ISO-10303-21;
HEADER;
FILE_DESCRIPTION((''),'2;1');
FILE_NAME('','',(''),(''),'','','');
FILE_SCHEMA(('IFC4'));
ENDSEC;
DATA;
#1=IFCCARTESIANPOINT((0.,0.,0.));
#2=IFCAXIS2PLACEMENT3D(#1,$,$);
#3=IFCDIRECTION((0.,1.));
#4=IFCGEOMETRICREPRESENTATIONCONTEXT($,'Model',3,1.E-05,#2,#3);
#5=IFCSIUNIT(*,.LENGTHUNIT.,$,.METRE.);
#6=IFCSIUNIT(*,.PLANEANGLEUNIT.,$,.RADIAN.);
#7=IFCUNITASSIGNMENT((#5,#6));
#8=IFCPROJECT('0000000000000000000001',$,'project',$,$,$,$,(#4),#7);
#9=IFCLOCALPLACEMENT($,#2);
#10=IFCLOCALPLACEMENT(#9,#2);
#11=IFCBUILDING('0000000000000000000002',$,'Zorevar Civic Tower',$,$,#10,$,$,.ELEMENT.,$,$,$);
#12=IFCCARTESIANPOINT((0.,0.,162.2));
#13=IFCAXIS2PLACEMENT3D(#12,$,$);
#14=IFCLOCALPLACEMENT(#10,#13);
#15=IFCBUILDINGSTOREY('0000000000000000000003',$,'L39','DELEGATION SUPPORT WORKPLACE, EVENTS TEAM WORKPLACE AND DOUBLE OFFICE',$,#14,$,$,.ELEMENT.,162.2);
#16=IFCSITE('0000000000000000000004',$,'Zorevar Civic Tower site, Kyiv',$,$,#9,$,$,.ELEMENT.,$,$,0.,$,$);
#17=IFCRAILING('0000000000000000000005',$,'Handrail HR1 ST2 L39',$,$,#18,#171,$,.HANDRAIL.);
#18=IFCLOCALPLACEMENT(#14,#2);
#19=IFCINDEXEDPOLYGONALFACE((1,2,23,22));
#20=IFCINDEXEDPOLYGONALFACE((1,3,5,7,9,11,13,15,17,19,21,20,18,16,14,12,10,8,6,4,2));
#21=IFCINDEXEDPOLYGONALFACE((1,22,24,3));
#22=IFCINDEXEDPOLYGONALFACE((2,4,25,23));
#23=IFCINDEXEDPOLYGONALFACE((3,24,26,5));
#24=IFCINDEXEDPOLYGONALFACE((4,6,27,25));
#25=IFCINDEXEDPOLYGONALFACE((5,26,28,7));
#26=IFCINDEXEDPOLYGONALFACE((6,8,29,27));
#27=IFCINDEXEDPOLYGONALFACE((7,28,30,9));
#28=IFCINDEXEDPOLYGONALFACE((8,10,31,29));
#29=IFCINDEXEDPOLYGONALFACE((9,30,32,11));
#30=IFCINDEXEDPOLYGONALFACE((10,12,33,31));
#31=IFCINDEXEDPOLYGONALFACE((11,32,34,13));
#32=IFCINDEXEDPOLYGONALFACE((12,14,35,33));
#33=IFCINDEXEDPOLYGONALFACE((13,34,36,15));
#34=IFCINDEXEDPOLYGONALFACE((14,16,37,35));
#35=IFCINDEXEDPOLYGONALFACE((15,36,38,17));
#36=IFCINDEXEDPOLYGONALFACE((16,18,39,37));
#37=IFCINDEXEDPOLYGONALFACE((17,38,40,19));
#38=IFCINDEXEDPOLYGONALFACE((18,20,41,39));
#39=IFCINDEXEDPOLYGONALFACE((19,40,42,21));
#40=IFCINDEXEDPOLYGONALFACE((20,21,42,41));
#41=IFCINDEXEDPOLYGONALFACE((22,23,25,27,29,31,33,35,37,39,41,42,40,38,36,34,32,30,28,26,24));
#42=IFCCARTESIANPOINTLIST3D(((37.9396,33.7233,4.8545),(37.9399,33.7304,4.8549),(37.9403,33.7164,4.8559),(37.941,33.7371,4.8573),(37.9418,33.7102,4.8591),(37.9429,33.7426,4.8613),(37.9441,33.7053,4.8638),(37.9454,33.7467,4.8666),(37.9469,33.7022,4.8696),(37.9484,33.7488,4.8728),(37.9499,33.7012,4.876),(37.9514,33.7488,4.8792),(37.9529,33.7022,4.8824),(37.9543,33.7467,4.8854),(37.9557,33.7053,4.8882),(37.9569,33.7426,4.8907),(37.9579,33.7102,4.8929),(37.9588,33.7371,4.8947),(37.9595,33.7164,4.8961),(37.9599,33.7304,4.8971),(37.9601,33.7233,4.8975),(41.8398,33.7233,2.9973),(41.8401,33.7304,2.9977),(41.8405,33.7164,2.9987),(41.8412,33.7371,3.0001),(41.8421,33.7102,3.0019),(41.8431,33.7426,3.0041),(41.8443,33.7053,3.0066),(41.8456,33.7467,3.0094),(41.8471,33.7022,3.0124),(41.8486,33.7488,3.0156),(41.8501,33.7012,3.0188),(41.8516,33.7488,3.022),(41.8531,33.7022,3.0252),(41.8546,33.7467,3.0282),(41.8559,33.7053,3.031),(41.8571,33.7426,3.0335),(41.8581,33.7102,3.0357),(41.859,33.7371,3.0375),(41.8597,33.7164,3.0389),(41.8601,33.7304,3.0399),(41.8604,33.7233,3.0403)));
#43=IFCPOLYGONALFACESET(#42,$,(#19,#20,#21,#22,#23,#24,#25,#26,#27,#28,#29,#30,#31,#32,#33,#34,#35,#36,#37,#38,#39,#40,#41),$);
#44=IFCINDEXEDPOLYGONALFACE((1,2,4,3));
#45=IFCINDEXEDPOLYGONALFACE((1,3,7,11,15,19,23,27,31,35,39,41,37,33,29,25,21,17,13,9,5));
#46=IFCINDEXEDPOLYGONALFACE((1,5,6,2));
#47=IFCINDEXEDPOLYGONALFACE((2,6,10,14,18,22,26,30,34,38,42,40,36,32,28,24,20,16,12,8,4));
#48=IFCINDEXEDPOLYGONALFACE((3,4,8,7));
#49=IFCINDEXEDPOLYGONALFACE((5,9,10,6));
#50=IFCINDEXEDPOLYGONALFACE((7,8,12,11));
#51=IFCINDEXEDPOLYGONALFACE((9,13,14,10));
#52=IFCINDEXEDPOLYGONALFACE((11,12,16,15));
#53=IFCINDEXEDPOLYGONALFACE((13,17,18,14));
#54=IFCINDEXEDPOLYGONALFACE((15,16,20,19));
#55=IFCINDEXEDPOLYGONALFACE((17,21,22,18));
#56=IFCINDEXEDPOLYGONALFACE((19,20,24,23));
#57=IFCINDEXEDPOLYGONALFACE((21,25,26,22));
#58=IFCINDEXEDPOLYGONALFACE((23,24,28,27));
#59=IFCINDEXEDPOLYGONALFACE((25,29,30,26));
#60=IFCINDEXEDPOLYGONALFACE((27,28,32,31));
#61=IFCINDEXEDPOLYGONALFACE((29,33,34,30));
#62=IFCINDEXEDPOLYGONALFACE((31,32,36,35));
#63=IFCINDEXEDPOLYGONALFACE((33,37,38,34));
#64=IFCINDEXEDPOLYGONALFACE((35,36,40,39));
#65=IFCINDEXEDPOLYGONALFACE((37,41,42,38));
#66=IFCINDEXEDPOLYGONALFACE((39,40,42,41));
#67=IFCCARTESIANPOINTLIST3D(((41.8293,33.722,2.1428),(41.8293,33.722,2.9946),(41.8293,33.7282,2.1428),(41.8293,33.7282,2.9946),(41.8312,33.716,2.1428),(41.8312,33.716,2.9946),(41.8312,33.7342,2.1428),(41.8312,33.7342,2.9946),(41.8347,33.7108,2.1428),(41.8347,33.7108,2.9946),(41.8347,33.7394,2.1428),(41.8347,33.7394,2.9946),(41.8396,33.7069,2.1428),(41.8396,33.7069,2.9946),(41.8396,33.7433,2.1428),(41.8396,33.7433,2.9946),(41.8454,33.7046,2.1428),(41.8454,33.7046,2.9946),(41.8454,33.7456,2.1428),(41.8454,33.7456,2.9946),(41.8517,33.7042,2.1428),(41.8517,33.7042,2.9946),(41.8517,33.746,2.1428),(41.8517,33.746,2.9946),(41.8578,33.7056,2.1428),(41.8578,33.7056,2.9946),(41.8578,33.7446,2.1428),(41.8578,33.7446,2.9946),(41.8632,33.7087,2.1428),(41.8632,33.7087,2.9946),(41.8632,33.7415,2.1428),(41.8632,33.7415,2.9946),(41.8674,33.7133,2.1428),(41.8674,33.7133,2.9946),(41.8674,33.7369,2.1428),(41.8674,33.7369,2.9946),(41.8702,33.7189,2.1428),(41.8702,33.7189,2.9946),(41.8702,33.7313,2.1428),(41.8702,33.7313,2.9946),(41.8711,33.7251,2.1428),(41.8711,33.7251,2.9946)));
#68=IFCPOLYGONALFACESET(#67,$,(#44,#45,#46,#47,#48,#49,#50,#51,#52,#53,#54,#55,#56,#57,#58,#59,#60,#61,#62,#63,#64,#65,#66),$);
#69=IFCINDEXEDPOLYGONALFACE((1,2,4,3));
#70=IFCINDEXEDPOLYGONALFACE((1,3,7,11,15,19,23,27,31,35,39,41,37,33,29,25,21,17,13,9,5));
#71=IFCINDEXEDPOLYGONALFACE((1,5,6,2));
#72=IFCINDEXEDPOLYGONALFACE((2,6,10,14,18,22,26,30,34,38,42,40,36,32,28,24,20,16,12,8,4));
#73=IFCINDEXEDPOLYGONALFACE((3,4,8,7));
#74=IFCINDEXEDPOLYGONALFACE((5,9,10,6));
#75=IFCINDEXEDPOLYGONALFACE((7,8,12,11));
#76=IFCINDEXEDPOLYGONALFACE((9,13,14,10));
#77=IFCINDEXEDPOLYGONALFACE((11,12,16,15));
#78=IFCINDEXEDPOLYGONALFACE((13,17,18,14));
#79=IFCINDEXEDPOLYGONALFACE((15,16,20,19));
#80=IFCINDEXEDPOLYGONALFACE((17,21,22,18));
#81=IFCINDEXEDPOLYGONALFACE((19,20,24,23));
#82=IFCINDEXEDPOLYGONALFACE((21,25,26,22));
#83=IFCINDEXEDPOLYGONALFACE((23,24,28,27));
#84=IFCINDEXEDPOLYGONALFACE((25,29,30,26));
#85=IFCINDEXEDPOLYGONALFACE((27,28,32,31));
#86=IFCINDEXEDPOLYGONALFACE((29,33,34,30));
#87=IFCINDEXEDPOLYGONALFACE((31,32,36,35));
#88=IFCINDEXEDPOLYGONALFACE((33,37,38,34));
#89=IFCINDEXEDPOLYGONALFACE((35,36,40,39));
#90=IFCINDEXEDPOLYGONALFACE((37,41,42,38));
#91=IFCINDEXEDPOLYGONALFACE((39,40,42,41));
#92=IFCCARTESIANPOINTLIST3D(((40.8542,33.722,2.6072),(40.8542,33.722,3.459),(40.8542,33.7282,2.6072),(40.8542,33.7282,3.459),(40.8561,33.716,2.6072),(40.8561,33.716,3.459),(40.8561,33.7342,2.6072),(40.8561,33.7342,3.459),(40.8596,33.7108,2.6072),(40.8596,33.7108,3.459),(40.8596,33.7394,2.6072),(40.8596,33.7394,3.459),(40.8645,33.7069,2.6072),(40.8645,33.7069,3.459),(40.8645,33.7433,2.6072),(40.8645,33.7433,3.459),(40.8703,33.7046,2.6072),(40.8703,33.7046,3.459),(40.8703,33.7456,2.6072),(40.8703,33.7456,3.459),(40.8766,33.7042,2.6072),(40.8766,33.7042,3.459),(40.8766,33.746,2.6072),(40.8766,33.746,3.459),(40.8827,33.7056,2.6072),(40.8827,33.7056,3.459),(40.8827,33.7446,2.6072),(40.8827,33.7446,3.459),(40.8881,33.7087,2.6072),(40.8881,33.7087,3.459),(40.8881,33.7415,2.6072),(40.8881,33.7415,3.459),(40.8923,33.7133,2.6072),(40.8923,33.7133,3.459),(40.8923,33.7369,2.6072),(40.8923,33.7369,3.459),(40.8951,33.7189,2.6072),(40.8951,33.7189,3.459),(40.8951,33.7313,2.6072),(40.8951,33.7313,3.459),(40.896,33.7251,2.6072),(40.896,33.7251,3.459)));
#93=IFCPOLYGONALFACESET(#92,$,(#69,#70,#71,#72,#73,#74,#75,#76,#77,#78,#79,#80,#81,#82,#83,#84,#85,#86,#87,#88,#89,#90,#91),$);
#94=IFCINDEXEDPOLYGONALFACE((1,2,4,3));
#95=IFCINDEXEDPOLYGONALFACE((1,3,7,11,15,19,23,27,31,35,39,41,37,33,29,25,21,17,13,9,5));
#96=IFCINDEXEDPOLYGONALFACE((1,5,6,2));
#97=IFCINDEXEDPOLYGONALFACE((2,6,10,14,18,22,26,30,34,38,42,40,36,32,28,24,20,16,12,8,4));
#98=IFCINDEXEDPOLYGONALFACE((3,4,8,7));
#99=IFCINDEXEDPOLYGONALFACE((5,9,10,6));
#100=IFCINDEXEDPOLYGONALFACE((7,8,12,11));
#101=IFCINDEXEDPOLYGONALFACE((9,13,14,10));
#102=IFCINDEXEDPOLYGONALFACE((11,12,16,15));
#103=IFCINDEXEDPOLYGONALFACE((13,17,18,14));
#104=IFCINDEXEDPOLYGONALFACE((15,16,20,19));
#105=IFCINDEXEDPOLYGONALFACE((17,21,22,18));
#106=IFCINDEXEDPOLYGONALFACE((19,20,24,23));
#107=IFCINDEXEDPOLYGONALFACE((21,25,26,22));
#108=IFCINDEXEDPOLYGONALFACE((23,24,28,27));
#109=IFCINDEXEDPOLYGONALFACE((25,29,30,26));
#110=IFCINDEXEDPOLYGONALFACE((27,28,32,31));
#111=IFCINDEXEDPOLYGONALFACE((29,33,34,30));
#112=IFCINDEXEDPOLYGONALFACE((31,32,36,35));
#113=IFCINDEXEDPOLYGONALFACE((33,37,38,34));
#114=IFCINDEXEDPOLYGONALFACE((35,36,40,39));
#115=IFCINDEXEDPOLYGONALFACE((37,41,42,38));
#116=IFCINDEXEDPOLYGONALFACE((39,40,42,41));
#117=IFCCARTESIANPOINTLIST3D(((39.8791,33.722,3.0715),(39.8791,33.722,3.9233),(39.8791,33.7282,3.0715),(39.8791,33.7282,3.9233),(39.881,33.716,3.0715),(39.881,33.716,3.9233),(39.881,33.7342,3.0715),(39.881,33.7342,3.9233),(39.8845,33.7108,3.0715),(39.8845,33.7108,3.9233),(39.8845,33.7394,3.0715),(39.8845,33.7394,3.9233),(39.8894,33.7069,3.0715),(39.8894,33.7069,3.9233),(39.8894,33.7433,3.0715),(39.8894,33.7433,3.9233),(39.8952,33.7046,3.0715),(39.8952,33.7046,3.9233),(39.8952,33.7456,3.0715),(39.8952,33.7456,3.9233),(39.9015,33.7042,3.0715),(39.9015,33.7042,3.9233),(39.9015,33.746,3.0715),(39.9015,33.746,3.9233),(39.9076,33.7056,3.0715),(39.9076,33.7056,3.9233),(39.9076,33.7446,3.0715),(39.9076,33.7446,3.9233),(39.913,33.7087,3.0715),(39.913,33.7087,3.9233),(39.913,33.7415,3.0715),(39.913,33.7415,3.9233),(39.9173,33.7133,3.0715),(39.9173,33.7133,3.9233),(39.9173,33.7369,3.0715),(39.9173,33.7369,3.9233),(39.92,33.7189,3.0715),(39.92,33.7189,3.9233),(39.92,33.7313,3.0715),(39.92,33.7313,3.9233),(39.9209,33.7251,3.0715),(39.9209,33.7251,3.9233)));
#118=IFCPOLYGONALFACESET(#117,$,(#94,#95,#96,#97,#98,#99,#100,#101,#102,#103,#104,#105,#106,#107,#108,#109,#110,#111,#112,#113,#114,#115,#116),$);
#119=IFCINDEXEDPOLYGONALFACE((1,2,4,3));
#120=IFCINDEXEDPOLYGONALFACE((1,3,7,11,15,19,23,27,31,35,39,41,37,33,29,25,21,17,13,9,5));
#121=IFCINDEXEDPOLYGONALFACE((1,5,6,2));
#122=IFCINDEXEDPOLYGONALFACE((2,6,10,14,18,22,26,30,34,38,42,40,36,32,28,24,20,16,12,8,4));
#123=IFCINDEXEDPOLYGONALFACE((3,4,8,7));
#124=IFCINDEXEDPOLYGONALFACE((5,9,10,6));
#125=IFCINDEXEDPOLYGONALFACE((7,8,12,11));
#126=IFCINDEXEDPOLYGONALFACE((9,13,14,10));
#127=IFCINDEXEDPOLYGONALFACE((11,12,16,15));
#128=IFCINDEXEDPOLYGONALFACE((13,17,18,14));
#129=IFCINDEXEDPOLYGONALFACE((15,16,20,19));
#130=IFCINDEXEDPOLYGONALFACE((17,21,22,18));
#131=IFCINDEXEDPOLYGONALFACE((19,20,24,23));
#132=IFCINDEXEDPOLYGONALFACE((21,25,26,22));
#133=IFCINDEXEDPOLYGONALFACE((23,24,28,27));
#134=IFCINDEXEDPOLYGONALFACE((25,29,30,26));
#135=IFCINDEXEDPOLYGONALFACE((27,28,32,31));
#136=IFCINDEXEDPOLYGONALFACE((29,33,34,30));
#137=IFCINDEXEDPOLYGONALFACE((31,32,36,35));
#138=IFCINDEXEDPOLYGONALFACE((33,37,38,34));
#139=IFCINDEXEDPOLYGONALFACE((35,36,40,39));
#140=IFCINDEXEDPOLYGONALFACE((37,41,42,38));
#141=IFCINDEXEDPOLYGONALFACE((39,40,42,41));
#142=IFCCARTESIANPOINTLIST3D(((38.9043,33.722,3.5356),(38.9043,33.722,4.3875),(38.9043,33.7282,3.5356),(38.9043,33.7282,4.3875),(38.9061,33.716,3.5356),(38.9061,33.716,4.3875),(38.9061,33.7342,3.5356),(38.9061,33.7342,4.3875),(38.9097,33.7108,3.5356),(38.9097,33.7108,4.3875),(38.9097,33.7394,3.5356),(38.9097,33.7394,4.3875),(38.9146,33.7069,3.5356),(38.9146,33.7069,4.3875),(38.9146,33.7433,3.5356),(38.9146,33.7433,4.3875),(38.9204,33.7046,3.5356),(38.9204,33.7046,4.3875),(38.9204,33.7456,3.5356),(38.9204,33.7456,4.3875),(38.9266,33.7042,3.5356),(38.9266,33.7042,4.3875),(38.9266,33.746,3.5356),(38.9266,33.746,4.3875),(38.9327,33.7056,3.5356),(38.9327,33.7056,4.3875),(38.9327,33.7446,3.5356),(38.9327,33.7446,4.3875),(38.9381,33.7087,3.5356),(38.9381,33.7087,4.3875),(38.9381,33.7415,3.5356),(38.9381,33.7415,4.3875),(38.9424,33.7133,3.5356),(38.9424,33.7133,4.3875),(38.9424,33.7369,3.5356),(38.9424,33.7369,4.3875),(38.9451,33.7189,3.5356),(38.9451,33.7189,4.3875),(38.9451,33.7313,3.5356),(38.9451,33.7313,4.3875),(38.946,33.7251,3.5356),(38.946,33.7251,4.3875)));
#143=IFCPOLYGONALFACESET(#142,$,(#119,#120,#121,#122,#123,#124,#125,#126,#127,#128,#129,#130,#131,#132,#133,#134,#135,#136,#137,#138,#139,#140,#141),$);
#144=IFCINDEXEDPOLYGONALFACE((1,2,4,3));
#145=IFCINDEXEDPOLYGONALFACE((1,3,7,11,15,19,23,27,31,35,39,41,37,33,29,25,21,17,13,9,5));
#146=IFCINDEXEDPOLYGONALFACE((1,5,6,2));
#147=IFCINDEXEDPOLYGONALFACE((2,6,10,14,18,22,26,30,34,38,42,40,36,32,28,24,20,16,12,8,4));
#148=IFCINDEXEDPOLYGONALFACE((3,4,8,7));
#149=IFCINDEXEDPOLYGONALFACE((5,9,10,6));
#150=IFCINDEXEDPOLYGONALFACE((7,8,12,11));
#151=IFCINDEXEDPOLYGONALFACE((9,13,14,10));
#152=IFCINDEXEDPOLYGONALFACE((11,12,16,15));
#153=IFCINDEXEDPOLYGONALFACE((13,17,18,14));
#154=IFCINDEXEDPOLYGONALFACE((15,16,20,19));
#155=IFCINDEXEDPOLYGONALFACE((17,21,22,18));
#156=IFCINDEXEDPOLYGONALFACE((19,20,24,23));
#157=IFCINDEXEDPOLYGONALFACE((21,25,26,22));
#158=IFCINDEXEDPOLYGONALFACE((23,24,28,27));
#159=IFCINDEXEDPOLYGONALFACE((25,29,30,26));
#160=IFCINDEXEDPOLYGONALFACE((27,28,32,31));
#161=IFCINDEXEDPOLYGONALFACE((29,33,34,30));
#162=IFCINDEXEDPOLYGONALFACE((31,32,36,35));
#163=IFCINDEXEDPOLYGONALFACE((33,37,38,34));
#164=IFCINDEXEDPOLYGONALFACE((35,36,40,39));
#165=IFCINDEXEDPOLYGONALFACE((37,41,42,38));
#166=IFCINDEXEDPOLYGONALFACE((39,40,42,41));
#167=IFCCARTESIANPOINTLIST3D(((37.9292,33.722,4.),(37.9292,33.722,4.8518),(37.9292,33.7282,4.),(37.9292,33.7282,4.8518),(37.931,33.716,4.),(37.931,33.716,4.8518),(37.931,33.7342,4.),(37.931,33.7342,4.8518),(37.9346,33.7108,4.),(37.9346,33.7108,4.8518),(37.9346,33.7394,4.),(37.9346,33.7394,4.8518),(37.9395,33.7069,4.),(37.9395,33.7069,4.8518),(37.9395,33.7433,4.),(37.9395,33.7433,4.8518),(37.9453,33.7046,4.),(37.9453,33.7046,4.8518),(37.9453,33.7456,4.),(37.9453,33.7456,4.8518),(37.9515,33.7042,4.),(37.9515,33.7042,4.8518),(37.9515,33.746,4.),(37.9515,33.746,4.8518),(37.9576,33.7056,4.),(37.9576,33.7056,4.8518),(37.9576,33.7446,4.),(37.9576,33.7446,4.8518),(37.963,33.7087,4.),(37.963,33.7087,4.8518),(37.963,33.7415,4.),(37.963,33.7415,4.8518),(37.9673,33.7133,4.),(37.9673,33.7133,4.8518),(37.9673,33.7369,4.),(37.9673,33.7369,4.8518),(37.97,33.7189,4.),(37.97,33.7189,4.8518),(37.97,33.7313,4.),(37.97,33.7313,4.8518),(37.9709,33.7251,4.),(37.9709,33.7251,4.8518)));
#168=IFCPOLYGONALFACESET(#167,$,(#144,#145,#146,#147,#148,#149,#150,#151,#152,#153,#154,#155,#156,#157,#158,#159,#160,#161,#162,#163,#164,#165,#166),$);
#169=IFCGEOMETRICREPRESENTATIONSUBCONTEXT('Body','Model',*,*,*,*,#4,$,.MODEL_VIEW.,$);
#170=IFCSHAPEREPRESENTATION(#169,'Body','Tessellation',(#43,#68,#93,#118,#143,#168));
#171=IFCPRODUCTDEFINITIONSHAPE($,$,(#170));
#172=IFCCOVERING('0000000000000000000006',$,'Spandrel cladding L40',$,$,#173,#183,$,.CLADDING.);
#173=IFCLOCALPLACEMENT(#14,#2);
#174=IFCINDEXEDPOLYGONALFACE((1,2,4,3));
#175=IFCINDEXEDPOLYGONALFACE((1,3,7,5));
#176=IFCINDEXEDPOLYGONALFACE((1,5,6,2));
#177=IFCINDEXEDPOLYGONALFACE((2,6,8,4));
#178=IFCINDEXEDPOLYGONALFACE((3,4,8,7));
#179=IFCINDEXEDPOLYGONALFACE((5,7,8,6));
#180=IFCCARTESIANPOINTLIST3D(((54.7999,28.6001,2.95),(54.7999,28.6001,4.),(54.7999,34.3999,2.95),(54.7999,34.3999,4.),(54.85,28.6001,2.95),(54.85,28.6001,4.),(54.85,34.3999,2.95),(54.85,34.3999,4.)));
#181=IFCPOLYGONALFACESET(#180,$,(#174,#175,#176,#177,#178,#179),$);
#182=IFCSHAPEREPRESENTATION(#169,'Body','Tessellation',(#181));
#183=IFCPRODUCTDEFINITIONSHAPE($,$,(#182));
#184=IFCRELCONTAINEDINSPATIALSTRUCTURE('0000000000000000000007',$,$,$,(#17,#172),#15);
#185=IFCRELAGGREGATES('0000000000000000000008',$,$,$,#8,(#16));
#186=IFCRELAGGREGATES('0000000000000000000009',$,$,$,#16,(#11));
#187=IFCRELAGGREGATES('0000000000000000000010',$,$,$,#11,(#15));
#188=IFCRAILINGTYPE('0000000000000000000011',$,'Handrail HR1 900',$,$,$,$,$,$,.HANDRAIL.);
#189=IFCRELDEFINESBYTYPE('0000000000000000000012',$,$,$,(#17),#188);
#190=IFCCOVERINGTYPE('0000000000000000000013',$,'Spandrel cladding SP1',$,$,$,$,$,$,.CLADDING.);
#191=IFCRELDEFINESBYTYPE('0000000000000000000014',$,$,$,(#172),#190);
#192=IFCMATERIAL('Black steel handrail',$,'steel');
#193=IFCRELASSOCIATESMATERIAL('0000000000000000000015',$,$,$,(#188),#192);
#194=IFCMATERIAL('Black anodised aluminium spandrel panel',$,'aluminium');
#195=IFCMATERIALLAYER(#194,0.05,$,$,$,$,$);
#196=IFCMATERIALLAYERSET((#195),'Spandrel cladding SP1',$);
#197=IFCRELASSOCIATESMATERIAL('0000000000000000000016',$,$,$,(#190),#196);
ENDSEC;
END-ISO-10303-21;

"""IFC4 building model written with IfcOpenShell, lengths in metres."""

from ifc_helpers import new_model, si_unit, direction, frame, frame_2d, origin, origin_2d, place, context, subcontext, project, spatial, rectangle, circle, extrude, material, layer, layer_set, type_object, element, save


model = new_model("IFC4")

# Units and contexts
model_context = context("Model", 3, precision=1e-05, world=origin(), true_north=direction((0.0, 1.0)))
body_context = subcontext(model_context, "Body", "Model", "MODEL_VIEW")
ifc_project = project(units=[si_unit("LENGTHUNIT", "METRE"), si_unit("PLANEANGLEUNIT", "RADIAN")], contexts=[model_context])

# Site, building, storey
site_placement = place(None, origin())
site = spatial("IfcSite", under=ifc_project, at=site_placement, Name="Zorevar Civic Tower site, Kyiv", CompositionType="ELEMENT", RefElevation=0.0)
building_placement = place(site_placement, origin())
building = spatial("IfcBuilding", under=site, at=building_placement, Name="Zorevar Civic Tower", CompositionType="ELEMENT")
storey_placement = place(building_placement, frame((0.0, 0.0, 162.2)))
storey = spatial("IfcBuildingStorey", under=building, at=storey_placement, Name="L39", Description="DELEGATION SUPPORT WORKPLACE, EVENTS TEAM WORKPLACE AND DOUBLE OFFICE", CompositionType="ELEMENT", Elevation=162.2)

# Railing
ifc_material_1 = material(Name="Black steel handrail", Category="steel")
railing_type = type_object("IfcRailingType", Name="Handrail HR1 900", PredefinedType="HANDRAIL", material=ifc_material_1)
railing_placement = place(storey_placement, frame((41.8501, 33.7251, 2.1428)))
element("IfcRailing", 1, at=railing_placement, inside=storey, type_object=railing_type, Name="Handrail HR1 ST2 L39", PredefinedType="HANDRAIL", context=body_context, shape_type="SweptSolid", body=[
    extrude(circle(Radius=0.0239, at=origin_2d()), frame((0.0, 0.0, 0.876), z_axis=(-0.902864, 0.0, 0.429927), x_axis=(0.0, -1.0, 0.0)), (0.0, 0.0, 1.0), 4.3198),
    extrude(circle(Radius=0.021, at=origin_2d()), origin(), (0.0, 0.0, 1.0), 0.8518),
    extrude(circle(Radius=0.021, at=origin_2d()), frame((-0.9751, 0.0, 0.4644)), (0.0, 0.0, 1.0), 0.8518),
    extrude(circle(Radius=0.021, at=origin_2d()), frame((-1.9502, 0.0, 0.9287)), (0.0, 0.0, 1.0), 0.8518),
    extrude(circle(Radius=0.021, at=origin_2d()), frame((-2.925, 0.0, 1.3928)), (0.0, 0.0, 1.0), 0.8518),
    extrude(circle(Radius=0.021, at=origin_2d()), frame((-3.9001, 0.0, 1.8572)), (0.0, 0.0, 1.0), 0.8518),
])

# Covering
ifc_material_2 = material(Name="Black anodised aluminium spandrel panel", Category="aluminium")
ifc_layer_1 = layer(ifc_material_2, 0.05)
ifc_layer_set_1 = layer_set([ifc_layer_1], Name="Spandrel cladding SP1")
covering_type = type_object("IfcCoveringType", Name="Spandrel cladding SP1", PredefinedType="CLADDING", material=ifc_layer_set_1)
covering_placement = place(storey_placement, frame((54.825, 28.6001, 2.95), z_axis=(0.0, 0.0, 1.0), x_axis=(0.0, 1.0, 0.0)))
element("IfcCovering", 2, at=covering_placement, inside=storey, type_object=covering_type, Name="Spandrel cladding L40", PredefinedType="CLADDING", context=body_context, shape_type="SweptSolid", body=[
    extrude(rectangle(XDim=5.7998, YDim=0.05, at=frame_2d((2.8999, 0.0))), origin(), (0.0, 0.0, 1.0), 1.05),
])

save(model, "model.ifc")
